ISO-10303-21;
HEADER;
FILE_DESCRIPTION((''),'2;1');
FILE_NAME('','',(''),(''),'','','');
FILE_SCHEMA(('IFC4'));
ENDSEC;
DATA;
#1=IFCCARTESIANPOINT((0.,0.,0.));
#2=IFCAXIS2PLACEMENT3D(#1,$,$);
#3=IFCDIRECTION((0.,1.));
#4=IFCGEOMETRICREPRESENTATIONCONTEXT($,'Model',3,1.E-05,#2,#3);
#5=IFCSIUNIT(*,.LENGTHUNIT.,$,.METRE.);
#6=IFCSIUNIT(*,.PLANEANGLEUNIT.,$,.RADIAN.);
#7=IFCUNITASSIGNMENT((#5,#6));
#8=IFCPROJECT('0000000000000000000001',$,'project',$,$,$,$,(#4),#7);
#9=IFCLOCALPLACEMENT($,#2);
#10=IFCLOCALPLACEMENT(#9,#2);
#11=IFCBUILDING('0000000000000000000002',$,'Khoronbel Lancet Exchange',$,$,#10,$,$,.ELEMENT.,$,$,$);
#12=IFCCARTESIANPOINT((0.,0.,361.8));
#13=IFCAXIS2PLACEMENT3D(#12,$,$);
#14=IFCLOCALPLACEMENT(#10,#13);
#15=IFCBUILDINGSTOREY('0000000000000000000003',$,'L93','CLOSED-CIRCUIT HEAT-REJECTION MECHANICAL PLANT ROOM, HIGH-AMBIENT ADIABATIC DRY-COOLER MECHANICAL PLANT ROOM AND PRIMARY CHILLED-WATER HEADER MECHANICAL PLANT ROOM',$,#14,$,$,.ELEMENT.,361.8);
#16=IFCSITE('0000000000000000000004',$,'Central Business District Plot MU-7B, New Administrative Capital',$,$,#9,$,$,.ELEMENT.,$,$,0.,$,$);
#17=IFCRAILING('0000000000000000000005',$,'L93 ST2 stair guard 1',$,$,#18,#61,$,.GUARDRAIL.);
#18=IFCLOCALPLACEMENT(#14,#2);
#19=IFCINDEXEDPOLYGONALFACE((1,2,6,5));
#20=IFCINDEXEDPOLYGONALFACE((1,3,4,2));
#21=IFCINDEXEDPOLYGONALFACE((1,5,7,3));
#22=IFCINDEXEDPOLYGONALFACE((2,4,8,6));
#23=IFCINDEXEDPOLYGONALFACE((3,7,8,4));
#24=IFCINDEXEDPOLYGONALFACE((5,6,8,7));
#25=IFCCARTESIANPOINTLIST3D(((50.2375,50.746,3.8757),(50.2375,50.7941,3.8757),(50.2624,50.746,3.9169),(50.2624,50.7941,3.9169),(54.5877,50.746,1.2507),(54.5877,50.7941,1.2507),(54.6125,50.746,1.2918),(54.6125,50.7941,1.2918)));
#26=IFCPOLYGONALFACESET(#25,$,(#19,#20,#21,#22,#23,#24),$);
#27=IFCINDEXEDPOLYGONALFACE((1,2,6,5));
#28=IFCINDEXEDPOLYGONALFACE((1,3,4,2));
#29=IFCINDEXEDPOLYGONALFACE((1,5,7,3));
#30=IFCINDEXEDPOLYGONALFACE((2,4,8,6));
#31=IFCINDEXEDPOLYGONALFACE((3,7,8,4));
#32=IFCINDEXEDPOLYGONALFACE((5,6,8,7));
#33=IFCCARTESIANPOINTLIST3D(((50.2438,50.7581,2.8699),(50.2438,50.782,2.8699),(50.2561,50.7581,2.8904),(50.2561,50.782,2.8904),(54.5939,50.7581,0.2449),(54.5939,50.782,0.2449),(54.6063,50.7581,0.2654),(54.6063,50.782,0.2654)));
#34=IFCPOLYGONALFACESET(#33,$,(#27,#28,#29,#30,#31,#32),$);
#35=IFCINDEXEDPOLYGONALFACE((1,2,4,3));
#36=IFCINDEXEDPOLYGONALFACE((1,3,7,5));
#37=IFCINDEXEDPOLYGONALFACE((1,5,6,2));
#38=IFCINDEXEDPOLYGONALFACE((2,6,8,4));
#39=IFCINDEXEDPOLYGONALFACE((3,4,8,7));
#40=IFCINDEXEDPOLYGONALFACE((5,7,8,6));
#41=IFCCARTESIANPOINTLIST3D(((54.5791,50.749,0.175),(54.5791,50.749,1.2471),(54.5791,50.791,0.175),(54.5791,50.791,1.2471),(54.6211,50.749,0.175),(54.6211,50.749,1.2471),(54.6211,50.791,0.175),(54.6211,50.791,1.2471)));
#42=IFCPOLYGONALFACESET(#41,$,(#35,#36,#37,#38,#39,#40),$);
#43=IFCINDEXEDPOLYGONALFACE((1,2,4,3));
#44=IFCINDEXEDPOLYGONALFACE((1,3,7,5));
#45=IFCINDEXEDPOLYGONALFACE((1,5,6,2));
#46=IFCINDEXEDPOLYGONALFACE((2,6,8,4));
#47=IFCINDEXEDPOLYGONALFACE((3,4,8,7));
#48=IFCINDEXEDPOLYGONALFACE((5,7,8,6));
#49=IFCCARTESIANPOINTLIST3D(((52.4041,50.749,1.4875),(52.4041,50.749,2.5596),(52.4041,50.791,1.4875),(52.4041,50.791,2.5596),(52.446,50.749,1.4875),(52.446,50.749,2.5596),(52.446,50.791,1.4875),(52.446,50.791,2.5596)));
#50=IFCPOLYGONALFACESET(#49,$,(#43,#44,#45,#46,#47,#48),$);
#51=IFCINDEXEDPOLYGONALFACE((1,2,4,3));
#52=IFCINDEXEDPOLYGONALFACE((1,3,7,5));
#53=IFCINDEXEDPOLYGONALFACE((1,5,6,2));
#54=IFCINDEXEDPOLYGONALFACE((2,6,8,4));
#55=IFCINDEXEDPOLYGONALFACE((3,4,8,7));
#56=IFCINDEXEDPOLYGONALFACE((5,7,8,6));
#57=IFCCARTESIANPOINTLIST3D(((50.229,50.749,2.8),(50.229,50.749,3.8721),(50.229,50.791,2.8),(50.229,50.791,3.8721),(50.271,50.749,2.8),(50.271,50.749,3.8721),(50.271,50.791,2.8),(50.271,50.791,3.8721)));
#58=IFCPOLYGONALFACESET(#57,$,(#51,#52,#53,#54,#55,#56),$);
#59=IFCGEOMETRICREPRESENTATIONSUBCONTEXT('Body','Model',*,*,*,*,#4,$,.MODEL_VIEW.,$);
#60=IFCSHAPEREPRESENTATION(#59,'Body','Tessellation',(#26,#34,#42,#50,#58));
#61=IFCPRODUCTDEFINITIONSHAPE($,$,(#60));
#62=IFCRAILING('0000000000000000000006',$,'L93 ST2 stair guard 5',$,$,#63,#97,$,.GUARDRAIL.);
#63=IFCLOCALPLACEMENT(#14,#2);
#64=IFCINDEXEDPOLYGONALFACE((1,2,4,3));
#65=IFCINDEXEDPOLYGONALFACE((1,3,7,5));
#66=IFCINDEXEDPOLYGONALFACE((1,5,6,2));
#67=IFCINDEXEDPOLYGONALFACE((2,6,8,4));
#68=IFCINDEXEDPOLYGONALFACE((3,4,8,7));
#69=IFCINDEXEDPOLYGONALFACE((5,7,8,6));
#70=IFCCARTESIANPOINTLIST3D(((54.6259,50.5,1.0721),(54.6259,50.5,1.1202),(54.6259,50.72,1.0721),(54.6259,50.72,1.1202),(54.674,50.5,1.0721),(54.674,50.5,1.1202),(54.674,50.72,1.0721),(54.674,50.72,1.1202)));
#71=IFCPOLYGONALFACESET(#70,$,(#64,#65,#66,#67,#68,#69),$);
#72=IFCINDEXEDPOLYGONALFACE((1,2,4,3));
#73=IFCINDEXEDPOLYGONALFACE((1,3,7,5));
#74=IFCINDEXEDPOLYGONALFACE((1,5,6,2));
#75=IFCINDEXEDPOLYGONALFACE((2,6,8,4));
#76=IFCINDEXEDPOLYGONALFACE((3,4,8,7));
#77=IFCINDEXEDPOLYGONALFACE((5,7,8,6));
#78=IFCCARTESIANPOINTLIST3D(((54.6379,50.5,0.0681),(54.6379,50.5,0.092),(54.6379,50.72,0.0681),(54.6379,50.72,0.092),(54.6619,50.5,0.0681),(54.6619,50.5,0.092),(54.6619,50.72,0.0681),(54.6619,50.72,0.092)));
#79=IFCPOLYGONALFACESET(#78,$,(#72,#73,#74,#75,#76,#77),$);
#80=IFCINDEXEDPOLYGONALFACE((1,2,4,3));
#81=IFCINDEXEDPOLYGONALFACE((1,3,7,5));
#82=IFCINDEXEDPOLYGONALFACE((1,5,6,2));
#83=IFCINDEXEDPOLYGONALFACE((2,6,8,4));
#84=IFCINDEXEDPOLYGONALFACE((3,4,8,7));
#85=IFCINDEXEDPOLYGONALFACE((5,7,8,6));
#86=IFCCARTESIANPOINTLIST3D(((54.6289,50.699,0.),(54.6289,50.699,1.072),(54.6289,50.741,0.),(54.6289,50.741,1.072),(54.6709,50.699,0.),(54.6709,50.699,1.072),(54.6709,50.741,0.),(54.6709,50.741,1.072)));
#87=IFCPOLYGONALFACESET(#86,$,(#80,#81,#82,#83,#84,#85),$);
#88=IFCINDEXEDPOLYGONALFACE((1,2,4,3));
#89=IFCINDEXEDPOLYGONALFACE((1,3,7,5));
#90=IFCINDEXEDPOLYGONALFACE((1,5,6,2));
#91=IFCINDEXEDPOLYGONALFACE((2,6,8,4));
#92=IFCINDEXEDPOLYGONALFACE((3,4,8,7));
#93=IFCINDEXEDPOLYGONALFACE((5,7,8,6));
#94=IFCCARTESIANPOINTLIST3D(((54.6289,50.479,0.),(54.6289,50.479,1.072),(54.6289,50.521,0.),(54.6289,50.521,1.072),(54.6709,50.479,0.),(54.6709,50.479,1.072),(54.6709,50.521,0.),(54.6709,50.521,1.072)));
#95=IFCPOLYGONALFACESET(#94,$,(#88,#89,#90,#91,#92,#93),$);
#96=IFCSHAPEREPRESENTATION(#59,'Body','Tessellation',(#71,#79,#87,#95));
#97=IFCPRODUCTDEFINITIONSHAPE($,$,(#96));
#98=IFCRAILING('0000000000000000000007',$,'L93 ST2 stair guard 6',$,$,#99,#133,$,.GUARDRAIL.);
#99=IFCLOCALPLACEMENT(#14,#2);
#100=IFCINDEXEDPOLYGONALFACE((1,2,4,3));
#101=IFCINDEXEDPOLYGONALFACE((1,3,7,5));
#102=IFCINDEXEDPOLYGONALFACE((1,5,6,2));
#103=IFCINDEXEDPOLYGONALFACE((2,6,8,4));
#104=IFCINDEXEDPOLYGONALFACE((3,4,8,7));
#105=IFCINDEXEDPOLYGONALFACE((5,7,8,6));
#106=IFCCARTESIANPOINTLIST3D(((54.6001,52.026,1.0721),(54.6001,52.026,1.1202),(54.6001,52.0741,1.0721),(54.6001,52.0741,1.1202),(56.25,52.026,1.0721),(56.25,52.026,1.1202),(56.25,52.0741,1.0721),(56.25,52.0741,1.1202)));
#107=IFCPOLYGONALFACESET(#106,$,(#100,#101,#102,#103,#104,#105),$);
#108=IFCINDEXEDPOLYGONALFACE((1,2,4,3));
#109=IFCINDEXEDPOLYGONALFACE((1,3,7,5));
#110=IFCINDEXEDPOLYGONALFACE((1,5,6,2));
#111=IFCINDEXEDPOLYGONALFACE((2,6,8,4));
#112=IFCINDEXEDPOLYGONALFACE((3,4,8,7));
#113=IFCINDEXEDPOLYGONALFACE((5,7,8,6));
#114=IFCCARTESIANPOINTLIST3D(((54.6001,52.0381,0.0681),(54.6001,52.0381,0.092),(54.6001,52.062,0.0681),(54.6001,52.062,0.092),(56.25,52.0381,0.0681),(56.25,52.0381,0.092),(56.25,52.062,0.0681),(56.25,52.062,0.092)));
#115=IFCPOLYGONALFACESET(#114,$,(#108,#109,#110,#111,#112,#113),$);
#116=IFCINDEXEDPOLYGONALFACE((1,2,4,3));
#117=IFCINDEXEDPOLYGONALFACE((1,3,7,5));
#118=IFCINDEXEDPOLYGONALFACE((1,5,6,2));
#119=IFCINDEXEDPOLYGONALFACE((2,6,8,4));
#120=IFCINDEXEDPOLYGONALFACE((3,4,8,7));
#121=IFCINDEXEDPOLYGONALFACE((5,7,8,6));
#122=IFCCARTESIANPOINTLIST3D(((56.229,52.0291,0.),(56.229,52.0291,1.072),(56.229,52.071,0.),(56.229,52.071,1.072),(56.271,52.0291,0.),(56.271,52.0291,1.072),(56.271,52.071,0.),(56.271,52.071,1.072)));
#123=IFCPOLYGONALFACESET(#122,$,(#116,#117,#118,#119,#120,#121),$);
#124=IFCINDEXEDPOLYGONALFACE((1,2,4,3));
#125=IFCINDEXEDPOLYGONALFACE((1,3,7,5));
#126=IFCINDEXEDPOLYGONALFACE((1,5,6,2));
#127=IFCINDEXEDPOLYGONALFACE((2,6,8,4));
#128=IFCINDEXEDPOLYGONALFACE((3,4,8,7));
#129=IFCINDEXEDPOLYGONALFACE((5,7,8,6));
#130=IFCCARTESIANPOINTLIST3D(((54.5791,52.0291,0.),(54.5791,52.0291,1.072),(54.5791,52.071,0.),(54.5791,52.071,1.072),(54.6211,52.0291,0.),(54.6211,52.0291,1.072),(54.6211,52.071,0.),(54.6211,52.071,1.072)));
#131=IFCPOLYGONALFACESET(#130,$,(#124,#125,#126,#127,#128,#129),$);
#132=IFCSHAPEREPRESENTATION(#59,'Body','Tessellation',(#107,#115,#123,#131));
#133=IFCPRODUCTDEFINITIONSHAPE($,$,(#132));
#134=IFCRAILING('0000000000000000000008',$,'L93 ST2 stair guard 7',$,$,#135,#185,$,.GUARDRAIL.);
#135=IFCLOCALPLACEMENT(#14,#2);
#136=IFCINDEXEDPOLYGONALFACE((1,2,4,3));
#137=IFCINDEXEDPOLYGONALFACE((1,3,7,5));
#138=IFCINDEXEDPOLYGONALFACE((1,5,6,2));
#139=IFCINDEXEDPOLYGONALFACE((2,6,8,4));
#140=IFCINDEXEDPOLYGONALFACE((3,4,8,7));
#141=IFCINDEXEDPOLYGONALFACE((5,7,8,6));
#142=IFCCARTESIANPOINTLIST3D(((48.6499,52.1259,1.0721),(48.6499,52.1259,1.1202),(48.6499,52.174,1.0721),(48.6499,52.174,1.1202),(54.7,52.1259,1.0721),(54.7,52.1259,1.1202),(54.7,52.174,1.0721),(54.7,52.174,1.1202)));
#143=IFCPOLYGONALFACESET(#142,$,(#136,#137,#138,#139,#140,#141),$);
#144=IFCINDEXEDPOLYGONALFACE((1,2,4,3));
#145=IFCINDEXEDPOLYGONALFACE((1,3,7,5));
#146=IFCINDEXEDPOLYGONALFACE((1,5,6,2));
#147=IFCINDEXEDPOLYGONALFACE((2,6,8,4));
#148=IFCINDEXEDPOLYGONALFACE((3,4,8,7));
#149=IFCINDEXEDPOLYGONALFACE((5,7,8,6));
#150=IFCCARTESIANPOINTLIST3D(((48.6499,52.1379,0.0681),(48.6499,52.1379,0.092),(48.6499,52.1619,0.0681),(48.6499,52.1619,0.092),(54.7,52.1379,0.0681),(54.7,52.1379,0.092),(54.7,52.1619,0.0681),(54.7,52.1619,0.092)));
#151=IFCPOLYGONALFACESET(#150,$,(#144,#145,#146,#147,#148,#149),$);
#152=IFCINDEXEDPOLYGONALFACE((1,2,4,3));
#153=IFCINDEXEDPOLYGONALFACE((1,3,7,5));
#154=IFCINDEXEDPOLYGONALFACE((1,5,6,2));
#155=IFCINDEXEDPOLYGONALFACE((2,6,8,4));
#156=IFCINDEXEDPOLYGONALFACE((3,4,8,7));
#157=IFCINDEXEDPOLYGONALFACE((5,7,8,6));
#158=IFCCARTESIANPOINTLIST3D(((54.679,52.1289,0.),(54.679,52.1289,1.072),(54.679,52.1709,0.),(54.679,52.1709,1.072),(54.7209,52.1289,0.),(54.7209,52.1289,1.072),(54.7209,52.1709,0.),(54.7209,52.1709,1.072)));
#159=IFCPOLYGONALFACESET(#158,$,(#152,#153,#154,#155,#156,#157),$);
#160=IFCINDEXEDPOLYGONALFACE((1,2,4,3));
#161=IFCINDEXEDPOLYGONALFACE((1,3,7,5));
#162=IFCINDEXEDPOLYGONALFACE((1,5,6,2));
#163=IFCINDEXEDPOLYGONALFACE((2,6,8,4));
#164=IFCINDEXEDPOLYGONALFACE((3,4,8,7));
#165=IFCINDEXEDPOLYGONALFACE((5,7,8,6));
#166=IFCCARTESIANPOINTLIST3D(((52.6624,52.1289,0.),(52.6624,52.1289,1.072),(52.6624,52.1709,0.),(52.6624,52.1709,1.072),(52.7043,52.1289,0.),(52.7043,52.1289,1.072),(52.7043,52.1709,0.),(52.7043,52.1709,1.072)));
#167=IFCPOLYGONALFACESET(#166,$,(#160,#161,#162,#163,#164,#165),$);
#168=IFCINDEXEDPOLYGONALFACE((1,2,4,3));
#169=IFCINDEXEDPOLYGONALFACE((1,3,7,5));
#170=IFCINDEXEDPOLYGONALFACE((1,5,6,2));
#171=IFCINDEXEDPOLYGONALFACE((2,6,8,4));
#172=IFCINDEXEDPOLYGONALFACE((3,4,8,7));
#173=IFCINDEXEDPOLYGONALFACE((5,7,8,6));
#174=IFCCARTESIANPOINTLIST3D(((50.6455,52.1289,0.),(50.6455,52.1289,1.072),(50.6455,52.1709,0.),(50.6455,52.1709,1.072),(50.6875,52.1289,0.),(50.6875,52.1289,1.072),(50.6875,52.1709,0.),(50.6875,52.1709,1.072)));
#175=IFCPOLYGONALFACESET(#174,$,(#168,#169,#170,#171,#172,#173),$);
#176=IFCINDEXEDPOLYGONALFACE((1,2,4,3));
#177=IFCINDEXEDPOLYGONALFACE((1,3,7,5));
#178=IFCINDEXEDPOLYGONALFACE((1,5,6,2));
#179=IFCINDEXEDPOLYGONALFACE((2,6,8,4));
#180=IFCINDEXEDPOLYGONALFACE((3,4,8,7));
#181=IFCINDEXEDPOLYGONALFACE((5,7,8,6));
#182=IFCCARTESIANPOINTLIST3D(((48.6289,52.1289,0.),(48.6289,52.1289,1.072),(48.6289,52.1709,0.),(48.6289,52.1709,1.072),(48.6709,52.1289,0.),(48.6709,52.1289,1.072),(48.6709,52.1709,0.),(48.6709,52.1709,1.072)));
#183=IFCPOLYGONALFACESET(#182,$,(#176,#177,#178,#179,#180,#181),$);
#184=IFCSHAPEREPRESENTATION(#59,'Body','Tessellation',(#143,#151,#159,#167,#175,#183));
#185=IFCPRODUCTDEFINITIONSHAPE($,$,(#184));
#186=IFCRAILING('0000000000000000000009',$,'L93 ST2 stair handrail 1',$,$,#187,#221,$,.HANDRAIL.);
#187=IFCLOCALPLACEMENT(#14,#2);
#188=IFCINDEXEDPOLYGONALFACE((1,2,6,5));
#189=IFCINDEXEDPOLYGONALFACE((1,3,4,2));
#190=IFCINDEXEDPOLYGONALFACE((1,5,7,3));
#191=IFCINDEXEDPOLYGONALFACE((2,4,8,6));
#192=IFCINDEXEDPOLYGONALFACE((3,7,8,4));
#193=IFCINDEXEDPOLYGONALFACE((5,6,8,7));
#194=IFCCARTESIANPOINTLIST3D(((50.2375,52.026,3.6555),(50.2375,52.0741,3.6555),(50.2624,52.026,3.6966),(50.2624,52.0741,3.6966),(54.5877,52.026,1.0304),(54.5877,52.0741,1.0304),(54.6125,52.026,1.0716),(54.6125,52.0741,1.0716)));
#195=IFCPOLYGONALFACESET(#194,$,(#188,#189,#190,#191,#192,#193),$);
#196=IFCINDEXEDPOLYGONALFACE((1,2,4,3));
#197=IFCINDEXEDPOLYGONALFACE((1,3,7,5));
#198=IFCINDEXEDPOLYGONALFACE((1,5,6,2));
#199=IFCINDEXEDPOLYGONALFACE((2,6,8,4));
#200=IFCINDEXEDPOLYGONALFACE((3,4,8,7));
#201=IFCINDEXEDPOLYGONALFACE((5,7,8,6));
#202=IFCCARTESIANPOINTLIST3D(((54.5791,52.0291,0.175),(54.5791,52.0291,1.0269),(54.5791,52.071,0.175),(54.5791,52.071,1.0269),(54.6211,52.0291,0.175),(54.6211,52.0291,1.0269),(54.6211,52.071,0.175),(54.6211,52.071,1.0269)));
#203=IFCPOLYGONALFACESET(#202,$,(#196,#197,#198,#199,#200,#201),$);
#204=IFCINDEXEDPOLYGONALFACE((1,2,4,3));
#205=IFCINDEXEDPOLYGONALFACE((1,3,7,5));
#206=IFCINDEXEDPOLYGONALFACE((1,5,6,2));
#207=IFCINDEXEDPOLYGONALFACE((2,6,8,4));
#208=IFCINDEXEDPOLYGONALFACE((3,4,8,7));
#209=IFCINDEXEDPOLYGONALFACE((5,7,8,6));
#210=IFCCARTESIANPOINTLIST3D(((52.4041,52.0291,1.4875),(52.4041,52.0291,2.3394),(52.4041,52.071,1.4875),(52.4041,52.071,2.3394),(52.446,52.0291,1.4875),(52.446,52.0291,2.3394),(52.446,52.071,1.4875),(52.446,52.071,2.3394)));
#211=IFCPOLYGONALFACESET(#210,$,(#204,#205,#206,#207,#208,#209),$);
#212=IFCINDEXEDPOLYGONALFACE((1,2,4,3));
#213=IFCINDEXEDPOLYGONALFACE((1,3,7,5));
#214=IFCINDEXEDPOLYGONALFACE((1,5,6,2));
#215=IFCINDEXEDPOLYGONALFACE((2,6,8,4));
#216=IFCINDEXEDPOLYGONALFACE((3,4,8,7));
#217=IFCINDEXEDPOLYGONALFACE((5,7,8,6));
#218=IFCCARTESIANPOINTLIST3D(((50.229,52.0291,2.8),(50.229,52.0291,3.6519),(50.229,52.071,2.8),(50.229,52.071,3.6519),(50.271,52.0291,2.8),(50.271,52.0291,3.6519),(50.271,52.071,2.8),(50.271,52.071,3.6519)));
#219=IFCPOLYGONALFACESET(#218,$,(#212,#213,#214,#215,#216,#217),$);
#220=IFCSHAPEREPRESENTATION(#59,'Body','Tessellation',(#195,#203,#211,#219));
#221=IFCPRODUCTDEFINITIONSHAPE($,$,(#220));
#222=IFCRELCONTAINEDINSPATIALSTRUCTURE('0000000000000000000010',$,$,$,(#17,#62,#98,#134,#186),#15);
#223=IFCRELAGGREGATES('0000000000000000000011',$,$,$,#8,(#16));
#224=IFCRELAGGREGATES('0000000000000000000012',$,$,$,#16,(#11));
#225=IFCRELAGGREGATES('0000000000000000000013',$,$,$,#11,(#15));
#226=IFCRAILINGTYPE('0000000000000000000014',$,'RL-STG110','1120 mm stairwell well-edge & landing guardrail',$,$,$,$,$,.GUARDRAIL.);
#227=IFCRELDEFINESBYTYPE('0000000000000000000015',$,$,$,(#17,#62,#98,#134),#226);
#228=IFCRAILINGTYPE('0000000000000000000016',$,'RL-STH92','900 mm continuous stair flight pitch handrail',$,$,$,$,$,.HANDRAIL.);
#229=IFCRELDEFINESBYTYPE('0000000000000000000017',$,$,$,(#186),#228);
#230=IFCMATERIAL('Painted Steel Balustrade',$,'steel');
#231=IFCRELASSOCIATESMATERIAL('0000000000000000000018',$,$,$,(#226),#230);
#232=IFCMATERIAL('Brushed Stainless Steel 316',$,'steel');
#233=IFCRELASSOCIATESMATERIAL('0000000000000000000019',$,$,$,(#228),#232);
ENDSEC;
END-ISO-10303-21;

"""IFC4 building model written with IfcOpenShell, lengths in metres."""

from ifc_helpers import new_model, si_unit, direction, frame, origin, origin_2d, place, context, subcontext, project, spatial, rectangle, extrude, material, type_object, element, save


model = new_model("IFC4")

# Units and contexts
model_context = context("Model", 3, precision=1e-05, world=origin(), true_north=direction((0.0, 1.0)))
body_context = subcontext(model_context, "Body", "Model", "MODEL_VIEW")
ifc_project = project(units=[si_unit("LENGTHUNIT", "METRE"), si_unit("PLANEANGLEUNIT", "RADIAN")], contexts=[model_context])

# Site, building, storey
site_placement = place(None, origin())
site = spatial("IfcSite", under=ifc_project, at=site_placement, Name="Central Business District Plot MU-7B, New Administrative Capital", CompositionType="ELEMENT", RefElevation=0.0)
building_placement = place(site_placement, origin())
building = spatial("IfcBuilding", under=site, at=building_placement, Name="Khoronbel Lancet Exchange", CompositionType="ELEMENT")
storey_placement = place(building_placement, frame((0.0, 0.0, 361.8)))
storey = spatial("IfcBuildingStorey", under=building, at=storey_placement, Name="L93", Description="CLOSED-CIRCUIT HEAT-REJECTION MECHANICAL PLANT ROOM, HIGH-AMBIENT ADIABATIC DRY-COOLER MECHANICAL PLANT ROOM AND PRIMARY CHILLED-WATER HEADER MECHANICAL PLANT ROOM", CompositionType="ELEMENT", Elevation=361.8)

# Railings
ifc_material_1 = material(Name="Painted Steel Balustrade", Category="steel")
railing_type_1 = type_object("IfcRailingType", Name="RL-STG110", Description="1120 mm stairwell well-edge & landing guardrail", PredefinedType="GUARDRAIL", material=ifc_material_1)
railing_1_placement = place(storey_placement, frame((54.6001, 50.77, 0.175)))
element("IfcRailing", 1, at=railing_1_placement, inside=storey, type_object=railing_type_1, Name="L93 ST2 stair guard 1", PredefinedType="GUARDRAIL", context=body_context, shape_type="SweptSolid", body=[
    extrude(rectangle(XDim=0.0481, YDim=0.0481, at=origin_2d()), frame((0.0, 0.0, 1.0962), z_axis=(-0.856193, 0.0, 0.516656), x_axis=(0.0, -1.0, 0.0)), (0.0, 0.0, 1.0), 5.0808),
    extrude(rectangle(XDim=0.0239, YDim=0.0239, at=origin_2d()), frame((0.0, 0.0, 0.0801), z_axis=(-0.856193, 0.0, 0.516656), x_axis=(0.0, -1.0, 0.0)), (0.0, 0.0, 1.0), 5.0808),
    extrude(rectangle(XDim=0.042, YDim=0.042, at=origin_2d()), origin(), (0.0, 0.0, 1.0), 1.072),
    extrude(rectangle(XDim=0.042, YDim=0.042, at=origin_2d()), frame((-2.175, 0.0, 1.3125)), (0.0, 0.0, 1.0), 1.072),
    extrude(rectangle(XDim=0.042, YDim=0.042, at=origin_2d()), frame((-4.3501, 0.0, 2.625)), (0.0, 0.0, 1.0), 1.072),
])
railing_2_placement = place(storey_placement, frame((54.6499, 50.72, 0.0)))
element("IfcRailing", 2, at=railing_2_placement, inside=storey, type_object=railing_type_1, Name="L93 ST2 stair guard 5", PredefinedType="GUARDRAIL", context=body_context, shape_type="SweptSolid", body=[
    extrude(rectangle(XDim=0.0481, YDim=0.0481, at=origin_2d()), frame((0.0, 0.0, 1.0962), z_axis=(0.0, -1.0, 0.0), x_axis=(1.0, 0.0, 0.0)), (0.0, 0.0, 1.0), 0.22),
    extrude(rectangle(XDim=0.0239, YDim=0.0239, at=origin_2d()), frame((0.0, 0.0, 0.0801), z_axis=(0.0, -1.0, 0.0), x_axis=(1.0, 0.0, 0.0)), (0.0, 0.0, 1.0), 0.22),
    extrude(rectangle(XDim=0.042, YDim=0.042, at=origin_2d()), origin(), (0.0, 0.0, 1.0), 1.072),
    extrude(rectangle(XDim=0.042, YDim=0.042, at=origin_2d()), frame((0.0, -0.22, 0.0)), (0.0, 0.0, 1.0), 1.072),
])
railing_3_placement = place(storey_placement, frame((56.25, 52.05, 0.0)))
element("IfcRailing", 3, at=railing_3_placement, inside=storey, type_object=railing_type_1, Name="L93 ST2 stair guard 6", PredefinedType="GUARDRAIL", context=body_context, shape_type="SweptSolid", body=[
    extrude(rectangle(XDim=0.0481, YDim=0.0481, at=origin_2d()), frame((0.0, 0.0, 1.0962), z_axis=(-1.0, 0.0, 0.0), x_axis=(0.0, -1.0, 0.0)), (0.0, 0.0, 1.0), 1.6499),
    extrude(rectangle(XDim=0.0239, YDim=0.0239, at=origin_2d()), frame((0.0, 0.0, 0.0801), z_axis=(-1.0, 0.0, 0.0), x_axis=(0.0, -1.0, 0.0)), (0.0, 0.0, 1.0), 1.6499),
    extrude(rectangle(XDim=0.042, YDim=0.042, at=origin_2d()), origin(), (0.0, 0.0, 1.0), 1.072),
    extrude(rectangle(XDim=0.042, YDim=0.042, at=origin_2d()), frame((-1.6499, 0.0, 0.0)), (0.0, 0.0, 1.0), 1.072),
])
railing_4_placement = place(storey_placement, frame((54.7, 52.1499, 0.0)))
element("IfcRailing", 4, at=railing_4_placement, inside=storey, type_object=railing_type_1, Name="L93 ST2 stair guard 7", PredefinedType="GUARDRAIL", context=body_context, shape_type="SweptSolid", body=[
    extrude(rectangle(XDim=0.0481, YDim=0.0481, at=origin_2d()), frame((0.0, 0.0, 1.0962), z_axis=(-1.0, 0.0, 0.0), x_axis=(0.0, -1.0, 0.0)), (0.0, 0.0, 1.0), 6.05),
    extrude(rectangle(XDim=0.0239, YDim=0.0239, at=origin_2d()), frame((0.0, 0.0, 0.0801), z_axis=(-1.0, 0.0, 0.0), x_axis=(0.0, -1.0, 0.0)), (0.0, 0.0, 1.0), 6.05),
    extrude(rectangle(XDim=0.042, YDim=0.042, at=origin_2d()), origin(), (0.0, 0.0, 1.0), 1.072),
    extrude(rectangle(XDim=0.042, YDim=0.042, at=origin_2d()), frame((-2.0166, 0.0, 0.0)), (0.0, 0.0, 1.0), 1.072),
    extrude(rectangle(XDim=0.042, YDim=0.042, at=origin_2d()), frame((-4.0334, 0.0, 0.0)), (0.0, 0.0, 1.0), 1.072),
    extrude(rectangle(XDim=0.042, YDim=0.042, at=origin_2d()), frame((-6.05, 0.0, 0.0)), (0.0, 0.0, 1.0), 1.072),
])
ifc_material_2 = material(Name="Brushed Stainless Steel 316", Category="steel")
railing_type_2 = type_object("IfcRailingType", Name="RL-STH92", Description="900 mm continuous stair flight pitch handrail", PredefinedType="HANDRAIL", material=ifc_material_2)
railing_5_placement = place(storey_placement, frame((54.6001, 52.05, 0.175)))
element("IfcRailing", 5, at=railing_5_placement, inside=storey, type_object=railing_type_2, Name="L93 ST2 stair handrail 1", PredefinedType="HANDRAIL", context=body_context, shape_type="SweptSolid", body=[
    extrude(rectangle(XDim=0.0481, YDim=0.0481, at=origin_2d()), frame((0.0, 0.0, 0.876), z_axis=(-0.856193, 0.0, 0.516656), x_axis=(0.0, -1.0, 0.0)), (0.0, 0.0, 1.0), 5.0808),
    extrude(rectangle(XDim=0.042, YDim=0.042, at=origin_2d()), origin(), (0.0, 0.0, 1.0), 0.8518),
    extrude(rectangle(XDim=0.042, YDim=0.042, at=origin_2d()), frame((-2.175, 0.0, 1.3125)), (0.0, 0.0, 1.0), 0.8518),
    extrude(rectangle(XDim=0.042, YDim=0.042, at=origin_2d()), frame((-4.3501, 0.0, 2.625)), (0.0, 0.0, 1.0), 0.8518),
])

save(model, "model.ifc")
